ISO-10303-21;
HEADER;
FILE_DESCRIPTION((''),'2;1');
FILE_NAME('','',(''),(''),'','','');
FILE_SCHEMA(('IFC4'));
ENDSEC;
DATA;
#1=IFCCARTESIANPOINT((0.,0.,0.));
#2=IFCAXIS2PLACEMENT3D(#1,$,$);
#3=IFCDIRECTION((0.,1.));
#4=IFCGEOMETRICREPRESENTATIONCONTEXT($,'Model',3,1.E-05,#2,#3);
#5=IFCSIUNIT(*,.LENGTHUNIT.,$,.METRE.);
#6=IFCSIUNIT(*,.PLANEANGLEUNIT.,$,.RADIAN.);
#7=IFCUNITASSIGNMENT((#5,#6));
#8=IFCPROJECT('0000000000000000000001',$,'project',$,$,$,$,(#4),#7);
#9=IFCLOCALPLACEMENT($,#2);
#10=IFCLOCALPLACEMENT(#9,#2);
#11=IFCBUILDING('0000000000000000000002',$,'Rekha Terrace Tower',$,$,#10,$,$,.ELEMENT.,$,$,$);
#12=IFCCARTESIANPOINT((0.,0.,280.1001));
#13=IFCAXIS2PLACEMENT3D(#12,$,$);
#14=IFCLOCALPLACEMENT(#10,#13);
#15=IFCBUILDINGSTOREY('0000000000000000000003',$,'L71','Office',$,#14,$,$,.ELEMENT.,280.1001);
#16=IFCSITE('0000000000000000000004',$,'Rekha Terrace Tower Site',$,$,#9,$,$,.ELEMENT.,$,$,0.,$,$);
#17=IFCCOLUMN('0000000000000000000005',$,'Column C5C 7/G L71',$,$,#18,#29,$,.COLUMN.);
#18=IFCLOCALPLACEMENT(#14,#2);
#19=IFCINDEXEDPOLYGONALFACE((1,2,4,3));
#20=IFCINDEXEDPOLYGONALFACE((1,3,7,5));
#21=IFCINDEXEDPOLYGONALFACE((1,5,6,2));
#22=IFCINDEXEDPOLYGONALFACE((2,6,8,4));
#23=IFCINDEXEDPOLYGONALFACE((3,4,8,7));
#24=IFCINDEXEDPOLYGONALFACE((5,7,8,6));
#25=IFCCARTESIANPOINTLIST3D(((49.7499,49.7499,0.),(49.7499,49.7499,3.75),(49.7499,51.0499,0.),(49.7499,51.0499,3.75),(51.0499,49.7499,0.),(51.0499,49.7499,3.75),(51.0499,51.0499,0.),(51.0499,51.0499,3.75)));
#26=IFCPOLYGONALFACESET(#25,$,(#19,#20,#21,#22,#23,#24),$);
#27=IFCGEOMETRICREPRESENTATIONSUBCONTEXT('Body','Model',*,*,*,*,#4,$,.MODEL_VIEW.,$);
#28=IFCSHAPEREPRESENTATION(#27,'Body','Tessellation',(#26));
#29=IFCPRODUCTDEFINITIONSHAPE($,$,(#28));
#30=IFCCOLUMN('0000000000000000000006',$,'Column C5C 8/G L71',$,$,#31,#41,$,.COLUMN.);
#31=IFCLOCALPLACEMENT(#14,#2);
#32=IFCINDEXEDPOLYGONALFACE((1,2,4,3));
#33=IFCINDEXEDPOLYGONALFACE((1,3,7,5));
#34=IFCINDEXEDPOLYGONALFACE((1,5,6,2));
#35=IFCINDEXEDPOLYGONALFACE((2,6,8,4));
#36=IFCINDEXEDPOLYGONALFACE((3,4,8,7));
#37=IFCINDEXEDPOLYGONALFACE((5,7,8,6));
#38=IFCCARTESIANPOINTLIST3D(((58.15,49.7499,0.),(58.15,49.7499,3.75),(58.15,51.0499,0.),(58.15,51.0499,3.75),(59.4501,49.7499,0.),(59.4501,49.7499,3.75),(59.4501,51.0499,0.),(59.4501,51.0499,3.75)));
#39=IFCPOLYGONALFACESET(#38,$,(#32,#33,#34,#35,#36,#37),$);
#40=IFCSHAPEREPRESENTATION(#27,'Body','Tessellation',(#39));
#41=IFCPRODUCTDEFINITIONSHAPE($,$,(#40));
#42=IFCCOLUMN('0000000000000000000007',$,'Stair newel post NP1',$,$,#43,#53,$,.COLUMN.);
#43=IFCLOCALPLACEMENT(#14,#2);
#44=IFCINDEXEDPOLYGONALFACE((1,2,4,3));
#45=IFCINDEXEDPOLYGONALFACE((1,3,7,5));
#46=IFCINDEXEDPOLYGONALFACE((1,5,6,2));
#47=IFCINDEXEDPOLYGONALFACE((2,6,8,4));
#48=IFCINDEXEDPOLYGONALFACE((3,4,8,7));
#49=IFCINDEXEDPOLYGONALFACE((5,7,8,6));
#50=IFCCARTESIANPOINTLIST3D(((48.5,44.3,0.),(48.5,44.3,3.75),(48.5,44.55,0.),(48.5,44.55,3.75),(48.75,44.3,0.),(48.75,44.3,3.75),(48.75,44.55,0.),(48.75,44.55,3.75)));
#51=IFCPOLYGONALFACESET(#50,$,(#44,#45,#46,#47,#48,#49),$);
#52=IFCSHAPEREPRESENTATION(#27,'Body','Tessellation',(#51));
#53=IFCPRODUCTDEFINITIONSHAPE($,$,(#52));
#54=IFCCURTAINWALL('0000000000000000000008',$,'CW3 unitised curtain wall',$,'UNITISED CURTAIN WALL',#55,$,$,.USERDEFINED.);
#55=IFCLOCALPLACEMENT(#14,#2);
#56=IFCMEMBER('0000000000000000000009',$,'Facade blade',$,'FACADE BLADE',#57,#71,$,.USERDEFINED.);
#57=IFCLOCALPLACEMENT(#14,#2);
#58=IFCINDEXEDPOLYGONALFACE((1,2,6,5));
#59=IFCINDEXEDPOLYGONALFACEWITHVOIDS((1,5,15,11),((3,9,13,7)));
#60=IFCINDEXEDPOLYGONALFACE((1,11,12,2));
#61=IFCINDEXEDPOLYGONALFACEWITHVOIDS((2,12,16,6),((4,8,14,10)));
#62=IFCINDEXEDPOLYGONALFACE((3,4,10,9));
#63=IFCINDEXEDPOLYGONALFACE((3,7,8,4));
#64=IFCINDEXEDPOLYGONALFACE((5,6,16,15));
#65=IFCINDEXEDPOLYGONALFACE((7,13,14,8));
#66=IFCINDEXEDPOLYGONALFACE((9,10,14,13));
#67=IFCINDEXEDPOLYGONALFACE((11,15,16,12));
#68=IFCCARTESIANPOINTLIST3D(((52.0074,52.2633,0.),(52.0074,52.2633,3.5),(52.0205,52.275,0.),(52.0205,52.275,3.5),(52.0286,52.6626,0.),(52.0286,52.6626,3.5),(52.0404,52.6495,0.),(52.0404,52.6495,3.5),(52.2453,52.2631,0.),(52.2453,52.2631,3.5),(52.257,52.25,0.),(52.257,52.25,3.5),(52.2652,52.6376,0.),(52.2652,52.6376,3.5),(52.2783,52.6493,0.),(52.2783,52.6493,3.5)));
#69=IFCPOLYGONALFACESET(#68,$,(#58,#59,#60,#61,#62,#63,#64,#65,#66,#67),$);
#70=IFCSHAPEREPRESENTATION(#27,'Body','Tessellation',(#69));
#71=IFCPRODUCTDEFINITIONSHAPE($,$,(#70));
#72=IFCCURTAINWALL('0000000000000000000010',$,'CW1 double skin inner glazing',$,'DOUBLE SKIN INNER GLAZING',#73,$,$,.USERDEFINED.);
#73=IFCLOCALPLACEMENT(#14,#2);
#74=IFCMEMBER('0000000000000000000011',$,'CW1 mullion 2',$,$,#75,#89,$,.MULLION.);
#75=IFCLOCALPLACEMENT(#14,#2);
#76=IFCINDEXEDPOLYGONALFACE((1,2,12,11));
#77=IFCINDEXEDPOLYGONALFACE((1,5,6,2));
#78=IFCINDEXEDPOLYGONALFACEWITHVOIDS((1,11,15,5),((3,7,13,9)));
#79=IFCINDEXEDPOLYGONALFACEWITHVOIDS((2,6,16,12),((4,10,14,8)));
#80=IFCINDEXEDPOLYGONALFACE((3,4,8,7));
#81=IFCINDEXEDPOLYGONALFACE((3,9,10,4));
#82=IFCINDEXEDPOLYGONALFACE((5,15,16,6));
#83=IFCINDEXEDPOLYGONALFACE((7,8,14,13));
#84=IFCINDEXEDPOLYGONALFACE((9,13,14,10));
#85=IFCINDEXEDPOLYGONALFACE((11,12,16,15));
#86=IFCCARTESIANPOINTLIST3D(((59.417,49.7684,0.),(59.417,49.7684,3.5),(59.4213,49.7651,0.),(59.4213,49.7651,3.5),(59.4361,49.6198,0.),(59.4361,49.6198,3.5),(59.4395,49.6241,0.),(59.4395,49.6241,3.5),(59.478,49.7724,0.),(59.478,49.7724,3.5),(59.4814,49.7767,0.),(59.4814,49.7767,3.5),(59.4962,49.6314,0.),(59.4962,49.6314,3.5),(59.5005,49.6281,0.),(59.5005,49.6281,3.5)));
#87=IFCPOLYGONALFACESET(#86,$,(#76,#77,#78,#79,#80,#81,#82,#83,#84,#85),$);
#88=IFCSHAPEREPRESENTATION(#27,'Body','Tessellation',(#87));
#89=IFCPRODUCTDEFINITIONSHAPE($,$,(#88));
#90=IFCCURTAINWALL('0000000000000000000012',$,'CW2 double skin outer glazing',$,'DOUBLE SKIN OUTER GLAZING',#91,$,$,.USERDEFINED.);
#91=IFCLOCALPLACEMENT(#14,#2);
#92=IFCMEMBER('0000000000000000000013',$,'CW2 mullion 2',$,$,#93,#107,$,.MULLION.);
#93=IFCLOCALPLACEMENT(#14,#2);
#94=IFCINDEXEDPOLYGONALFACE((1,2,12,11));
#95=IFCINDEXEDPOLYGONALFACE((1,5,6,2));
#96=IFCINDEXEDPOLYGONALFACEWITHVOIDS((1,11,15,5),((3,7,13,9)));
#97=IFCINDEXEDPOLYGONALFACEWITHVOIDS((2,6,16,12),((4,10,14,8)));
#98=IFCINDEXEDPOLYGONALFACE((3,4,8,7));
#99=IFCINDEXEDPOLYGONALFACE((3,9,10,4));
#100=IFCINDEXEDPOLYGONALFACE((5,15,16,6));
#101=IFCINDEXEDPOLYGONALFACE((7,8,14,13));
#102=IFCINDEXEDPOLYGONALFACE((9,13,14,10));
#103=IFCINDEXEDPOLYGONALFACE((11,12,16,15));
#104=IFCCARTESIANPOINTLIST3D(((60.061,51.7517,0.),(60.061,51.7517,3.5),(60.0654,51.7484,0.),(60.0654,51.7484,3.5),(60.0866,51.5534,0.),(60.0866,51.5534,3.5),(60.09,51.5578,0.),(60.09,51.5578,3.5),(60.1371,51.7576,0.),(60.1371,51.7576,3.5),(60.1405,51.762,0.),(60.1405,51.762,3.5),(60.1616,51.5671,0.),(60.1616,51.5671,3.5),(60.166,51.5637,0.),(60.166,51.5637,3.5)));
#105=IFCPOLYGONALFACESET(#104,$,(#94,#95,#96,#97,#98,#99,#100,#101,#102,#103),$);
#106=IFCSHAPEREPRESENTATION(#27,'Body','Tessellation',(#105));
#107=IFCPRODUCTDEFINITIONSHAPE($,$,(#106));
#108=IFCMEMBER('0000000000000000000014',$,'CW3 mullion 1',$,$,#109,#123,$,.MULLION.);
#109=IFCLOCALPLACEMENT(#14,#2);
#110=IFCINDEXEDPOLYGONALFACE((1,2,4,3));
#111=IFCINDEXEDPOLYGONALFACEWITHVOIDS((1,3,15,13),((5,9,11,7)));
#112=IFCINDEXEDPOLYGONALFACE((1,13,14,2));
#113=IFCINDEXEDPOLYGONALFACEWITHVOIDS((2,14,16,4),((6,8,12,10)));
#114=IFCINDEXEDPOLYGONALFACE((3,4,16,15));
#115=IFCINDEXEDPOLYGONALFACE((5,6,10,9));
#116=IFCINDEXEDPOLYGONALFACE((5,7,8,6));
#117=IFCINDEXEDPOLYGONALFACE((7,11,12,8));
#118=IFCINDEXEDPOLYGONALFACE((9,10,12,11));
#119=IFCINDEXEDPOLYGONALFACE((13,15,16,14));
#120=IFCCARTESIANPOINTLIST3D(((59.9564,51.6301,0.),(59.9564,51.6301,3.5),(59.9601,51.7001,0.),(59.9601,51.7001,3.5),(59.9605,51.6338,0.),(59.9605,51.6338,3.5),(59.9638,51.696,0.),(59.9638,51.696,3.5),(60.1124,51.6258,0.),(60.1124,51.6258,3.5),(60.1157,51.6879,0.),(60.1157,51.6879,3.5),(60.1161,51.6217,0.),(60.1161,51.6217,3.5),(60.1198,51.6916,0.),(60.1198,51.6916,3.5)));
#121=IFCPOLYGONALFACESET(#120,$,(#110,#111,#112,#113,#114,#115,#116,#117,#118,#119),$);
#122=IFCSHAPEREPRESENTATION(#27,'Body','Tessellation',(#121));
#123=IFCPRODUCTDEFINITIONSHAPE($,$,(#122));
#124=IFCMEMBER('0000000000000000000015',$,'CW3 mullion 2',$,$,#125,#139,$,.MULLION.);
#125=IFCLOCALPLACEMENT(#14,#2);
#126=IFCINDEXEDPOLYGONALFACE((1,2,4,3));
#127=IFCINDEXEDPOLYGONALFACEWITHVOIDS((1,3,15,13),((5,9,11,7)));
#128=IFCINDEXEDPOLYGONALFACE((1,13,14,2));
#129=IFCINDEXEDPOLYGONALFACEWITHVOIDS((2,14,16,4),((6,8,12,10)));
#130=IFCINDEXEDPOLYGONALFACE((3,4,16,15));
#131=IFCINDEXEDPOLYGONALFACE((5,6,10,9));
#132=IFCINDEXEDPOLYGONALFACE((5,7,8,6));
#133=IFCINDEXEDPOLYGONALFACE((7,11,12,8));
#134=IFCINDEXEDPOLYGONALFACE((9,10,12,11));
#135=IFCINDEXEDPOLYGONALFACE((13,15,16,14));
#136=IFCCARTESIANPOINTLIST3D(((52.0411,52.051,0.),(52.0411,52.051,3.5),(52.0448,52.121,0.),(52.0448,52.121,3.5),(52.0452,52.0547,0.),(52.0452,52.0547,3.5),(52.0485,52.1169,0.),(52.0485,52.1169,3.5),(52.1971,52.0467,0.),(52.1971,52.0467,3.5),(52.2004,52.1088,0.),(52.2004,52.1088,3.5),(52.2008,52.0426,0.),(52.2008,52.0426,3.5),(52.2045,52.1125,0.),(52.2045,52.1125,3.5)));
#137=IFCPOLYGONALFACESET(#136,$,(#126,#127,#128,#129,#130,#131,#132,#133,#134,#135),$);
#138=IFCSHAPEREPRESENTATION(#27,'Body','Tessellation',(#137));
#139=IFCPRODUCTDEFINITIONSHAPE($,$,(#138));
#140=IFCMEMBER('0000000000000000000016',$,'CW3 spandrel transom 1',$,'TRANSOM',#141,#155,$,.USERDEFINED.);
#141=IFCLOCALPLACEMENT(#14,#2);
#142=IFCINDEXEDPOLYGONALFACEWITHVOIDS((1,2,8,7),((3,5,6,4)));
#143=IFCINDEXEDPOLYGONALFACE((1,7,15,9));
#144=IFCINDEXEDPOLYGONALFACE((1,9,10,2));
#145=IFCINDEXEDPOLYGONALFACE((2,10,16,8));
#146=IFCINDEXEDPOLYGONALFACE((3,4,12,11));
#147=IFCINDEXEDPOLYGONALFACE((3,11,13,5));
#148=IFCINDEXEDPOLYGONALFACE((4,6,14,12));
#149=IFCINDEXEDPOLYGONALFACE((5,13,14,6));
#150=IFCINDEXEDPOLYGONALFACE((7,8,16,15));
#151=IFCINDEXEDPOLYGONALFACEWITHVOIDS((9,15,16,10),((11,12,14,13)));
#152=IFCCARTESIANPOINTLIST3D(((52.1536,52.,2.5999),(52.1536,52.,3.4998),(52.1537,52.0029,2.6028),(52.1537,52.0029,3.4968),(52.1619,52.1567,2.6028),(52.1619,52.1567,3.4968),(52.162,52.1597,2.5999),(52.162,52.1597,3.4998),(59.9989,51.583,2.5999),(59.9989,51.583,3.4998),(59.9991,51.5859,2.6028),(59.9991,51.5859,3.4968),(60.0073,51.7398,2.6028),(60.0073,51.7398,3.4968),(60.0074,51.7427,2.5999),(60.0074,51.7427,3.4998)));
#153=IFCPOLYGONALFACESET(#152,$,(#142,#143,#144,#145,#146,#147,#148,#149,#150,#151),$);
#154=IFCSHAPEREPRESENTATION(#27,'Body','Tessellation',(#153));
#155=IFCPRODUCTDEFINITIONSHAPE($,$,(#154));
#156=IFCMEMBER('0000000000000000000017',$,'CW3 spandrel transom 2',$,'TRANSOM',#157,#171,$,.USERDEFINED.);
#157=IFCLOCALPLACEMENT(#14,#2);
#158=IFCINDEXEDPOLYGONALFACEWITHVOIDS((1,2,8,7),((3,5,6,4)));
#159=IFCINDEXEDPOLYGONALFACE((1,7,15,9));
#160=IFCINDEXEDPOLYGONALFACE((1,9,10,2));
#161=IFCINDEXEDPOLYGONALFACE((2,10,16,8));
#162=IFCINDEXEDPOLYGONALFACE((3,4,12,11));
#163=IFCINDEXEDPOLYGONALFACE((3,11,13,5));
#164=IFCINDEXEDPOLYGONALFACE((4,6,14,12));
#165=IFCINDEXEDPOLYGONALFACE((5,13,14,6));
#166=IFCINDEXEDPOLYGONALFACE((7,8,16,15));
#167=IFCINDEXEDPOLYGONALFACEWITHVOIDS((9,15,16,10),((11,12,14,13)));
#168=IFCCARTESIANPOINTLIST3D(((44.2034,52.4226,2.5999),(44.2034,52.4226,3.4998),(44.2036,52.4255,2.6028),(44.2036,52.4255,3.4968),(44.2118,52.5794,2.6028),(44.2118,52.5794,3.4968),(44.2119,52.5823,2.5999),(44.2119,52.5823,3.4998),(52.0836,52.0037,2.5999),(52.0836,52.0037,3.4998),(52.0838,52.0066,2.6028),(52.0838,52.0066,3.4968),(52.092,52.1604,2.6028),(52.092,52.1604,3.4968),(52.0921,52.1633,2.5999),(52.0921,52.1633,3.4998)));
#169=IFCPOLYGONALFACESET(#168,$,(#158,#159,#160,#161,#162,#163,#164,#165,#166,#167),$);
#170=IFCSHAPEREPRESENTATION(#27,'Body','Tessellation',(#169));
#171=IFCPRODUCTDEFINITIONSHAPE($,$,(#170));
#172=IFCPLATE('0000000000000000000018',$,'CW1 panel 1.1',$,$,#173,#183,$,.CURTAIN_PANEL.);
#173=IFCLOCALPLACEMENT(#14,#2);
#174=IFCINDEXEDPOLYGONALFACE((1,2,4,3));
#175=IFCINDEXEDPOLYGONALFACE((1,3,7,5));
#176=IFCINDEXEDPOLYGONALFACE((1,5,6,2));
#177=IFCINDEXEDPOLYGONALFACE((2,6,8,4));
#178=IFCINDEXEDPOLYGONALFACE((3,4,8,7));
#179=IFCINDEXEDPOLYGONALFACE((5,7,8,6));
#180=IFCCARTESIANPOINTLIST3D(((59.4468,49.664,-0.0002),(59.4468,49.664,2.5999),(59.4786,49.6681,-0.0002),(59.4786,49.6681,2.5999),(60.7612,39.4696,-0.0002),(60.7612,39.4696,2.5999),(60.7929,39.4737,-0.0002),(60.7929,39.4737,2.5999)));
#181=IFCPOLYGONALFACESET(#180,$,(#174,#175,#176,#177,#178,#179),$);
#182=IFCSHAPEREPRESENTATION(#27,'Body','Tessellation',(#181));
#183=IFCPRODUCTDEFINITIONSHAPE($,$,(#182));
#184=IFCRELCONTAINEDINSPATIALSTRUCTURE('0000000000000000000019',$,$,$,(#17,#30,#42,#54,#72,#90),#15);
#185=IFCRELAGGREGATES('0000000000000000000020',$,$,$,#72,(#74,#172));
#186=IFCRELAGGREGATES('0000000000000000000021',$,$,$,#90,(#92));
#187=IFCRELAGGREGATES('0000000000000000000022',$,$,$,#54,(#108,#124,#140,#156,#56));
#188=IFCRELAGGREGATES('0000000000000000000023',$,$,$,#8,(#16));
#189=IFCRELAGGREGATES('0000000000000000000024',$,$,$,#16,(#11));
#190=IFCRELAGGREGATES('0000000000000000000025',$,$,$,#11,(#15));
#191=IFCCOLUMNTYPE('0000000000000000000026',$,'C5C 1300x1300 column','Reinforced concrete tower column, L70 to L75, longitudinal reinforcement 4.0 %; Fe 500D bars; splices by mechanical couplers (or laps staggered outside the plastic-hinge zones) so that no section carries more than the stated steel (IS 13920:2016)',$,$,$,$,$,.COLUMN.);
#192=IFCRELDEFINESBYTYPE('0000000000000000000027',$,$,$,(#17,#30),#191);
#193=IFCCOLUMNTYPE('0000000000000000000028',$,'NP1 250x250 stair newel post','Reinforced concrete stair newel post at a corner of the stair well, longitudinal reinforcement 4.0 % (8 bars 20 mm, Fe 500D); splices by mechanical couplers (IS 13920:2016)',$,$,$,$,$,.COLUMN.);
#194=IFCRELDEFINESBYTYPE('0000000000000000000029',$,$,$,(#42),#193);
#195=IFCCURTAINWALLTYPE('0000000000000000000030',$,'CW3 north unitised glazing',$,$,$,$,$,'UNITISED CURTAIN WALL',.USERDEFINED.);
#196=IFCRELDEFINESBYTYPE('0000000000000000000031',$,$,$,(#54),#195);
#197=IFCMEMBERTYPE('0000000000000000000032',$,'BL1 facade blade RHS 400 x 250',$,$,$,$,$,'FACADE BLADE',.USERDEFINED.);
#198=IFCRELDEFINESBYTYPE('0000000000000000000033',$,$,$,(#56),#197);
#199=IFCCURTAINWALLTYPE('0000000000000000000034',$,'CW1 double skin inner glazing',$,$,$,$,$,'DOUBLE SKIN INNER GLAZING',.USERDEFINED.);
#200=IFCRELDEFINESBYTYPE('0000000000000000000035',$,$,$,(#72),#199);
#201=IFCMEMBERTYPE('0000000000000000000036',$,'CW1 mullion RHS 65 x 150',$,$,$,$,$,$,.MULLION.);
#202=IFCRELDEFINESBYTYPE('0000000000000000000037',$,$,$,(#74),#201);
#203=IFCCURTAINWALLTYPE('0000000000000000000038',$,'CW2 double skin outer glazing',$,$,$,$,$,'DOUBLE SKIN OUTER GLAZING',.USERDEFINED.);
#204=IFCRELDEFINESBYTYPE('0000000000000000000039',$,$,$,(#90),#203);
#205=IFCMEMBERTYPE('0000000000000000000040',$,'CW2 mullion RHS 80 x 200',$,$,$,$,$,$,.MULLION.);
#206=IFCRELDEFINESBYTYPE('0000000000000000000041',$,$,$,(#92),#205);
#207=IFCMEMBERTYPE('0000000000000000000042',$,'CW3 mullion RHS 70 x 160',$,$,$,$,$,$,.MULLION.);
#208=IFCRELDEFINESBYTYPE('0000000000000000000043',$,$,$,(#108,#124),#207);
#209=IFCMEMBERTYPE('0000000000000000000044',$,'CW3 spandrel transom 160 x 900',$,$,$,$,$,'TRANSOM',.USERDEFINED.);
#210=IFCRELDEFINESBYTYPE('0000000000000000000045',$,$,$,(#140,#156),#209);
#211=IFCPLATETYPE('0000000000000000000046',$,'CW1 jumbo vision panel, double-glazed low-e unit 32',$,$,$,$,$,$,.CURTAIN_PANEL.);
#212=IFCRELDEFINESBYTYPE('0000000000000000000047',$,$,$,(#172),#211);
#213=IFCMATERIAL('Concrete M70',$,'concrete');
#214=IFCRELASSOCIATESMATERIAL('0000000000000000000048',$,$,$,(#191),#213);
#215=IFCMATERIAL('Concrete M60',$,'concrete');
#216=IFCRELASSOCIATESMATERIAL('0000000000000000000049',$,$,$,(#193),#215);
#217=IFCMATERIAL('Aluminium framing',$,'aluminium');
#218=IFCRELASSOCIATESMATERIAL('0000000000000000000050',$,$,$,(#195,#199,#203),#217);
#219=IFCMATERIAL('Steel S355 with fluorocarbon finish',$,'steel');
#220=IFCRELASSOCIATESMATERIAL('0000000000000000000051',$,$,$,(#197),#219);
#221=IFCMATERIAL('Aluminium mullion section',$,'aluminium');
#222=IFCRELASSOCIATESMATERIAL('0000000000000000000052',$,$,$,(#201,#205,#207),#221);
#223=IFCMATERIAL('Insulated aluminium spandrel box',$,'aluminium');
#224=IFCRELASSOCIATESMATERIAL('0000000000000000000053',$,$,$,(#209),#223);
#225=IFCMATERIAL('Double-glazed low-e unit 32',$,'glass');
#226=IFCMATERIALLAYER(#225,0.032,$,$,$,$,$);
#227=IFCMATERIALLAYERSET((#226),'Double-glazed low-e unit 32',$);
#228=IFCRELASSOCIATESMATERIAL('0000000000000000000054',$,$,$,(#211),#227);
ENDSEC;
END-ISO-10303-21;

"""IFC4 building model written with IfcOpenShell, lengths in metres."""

from ifc_helpers import new_model, si_unit, direction, frame, origin, origin_2d, place, context, subcontext, project, spatial, rectangle, hollow_rectangle, extrude, material, layer, layer_set, material_profile, profile_set, type_object, element, aggregate, save


model = new_model("IFC4")

# Units and contexts
model_context = context("Model", 3, precision=1e-05, world=origin(), true_north=direction((0.0, 1.0)))
body_context = subcontext(model_context, "Body", "Model", "MODEL_VIEW")
ifc_project = project(units=[si_unit("LENGTHUNIT", "METRE"), si_unit("PLANEANGLEUNIT", "RADIAN")], contexts=[model_context])

# Site, building, storey
site_placement = place(None, origin())
site = spatial("IfcSite", under=ifc_project, at=site_placement, Name="Rekha Terrace Tower Site", CompositionType="ELEMENT", RefElevation=0.0)
building_placement = place(site_placement, origin())
building = spatial("IfcBuilding", under=site, at=building_placement, Name="Rekha Terrace Tower", CompositionType="ELEMENT")
storey_placement = place(building_placement, frame((0.0, 0.0, 280.1001)))
storey = spatial("IfcBuildingStorey", under=building, at=storey_placement, Name="L71", Description="Office", CompositionType="ELEMENT", Elevation=280.1001)

# Columns
ifc_material_1 = material(Name="Concrete M70", Category="concrete")
ifc_material_profile_1 = material_profile(ifc_material_1, rectangle(XDim=1.3, YDim=1.3, at=origin_2d()), Name="RC 1300x1300")
ifc_profile_set_1 = profile_set([ifc_material_profile_1], Name="Concrete M70")
column_type_1 = type_object("IfcColumnType", Name="C5C 1300x1300 column", Description="Reinforced concrete tower column, L70 to L75, longitudinal reinforcement 4.0 %; Fe 500D bars; splices by mechanical couplers (or laps staggered outside the plastic-hinge zones) so that no section carries more than the stated steel (IS 13920:2016)", PredefinedType="COLUMN", material=ifc_profile_set_1)
for number, where, z_axis, x_axis, name in (
    (1, (50.3999, 50.3999, 0.0), (0.0, 0.0, 1.0), (1.0, 0.0, 0.0), "Column C5C 7/G L71"),
    (2, (58.8, 50.3999, 0.0), (0.0, 0.0, 1.0), (1.0, 0.0, 0.0), "Column C5C 8/G L71"),
):
    element("IfcColumn", number, at=place(storey_placement, frame(where, z_axis=z_axis, x_axis=x_axis)), inside=storey, type_object=column_type_1, Name=name, PredefinedType="COLUMN", context=body_context, shape_type="SweptSolid", body=[
        extrude(rectangle(XDim=1.3, YDim=1.3, at=origin_2d()), origin(), (0.0, 0.0, 1.0), 3.75),
    ])
ifc_material_2 = material(Name="Concrete M60", Category="concrete")
ifc_material_profile_2 = material_profile(ifc_material_2, rectangle(XDim=0.25, YDim=0.25, at=origin_2d()), Name="RC 250x250")
ifc_profile_set_2 = profile_set([ifc_material_profile_2], Name="Concrete M60")
column_type_2 = type_object("IfcColumnType", Name="NP1 250x250 stair newel post", Description="Reinforced concrete stair newel post at a corner of the stair well, longitudinal reinforcement 4.0 % (8 bars 20 mm, Fe 500D); splices by mechanical couplers (IS 13920:2016)", PredefinedType="COLUMN", material=ifc_profile_set_2)
column_placement = place(storey_placement, frame((48.625, 44.425, 0.0), z_axis=(0.0, 0.0, 1.0), x_axis=(1.0, 0.0, 0.0)))
element("IfcColumn", 3, at=column_placement, inside=storey, type_object=column_type_2, Name="Stair newel post NP1", PredefinedType="COLUMN", context=body_context, shape_type="SweptSolid", body=[
    extrude(rectangle(XDim=0.25, YDim=0.25, at=origin_2d()), origin(), (0.0, 0.0, 1.0), 3.75),
])

# Curtain walls, members
ifc_material_3 = material(Name="Aluminium framing", Category="aluminium")
curtain_wall_type_1 = type_object("IfcCurtainWallType", Name="CW3 north unitised glazing", ElementType="UNITISED CURTAIN WALL", PredefinedType="USERDEFINED", material=ifc_material_3)
curtain_wall_1_placement = place(storey_placement, origin())
curtain_wall_1 = element("IfcCurtainWall", 4, at=curtain_wall_1_placement, inside=storey, type_object=curtain_wall_type_1, Name="CW3 unitised curtain wall", ObjectType="UNITISED CURTAIN WALL", PredefinedType="USERDEFINED")
ifc_material_4 = material(Name="Steel S355 with fluorocarbon finish", Category="steel")
ifc_material_profile_3 = material_profile(ifc_material_4, hollow_rectangle(XDim=0.25, YDim=0.3999, WallThickness=0.0125, at=origin_2d()), Name="RHS400x250x12.5")
ifc_profile_set_3 = profile_set([ifc_material_profile_3], Name="Steel S355 with fluorocarbon finish")
member_type_1 = type_object("IfcMemberType", Name="BL1 facade blade RHS 400 x 250", ElementType="FACADE BLADE", PredefinedType="USERDEFINED", material=ifc_profile_set_3)
member_1_placement = place(storey_placement, frame((52.1428, 52.4563, 0.0), z_axis=(0.0, 0.0, 1.0), x_axis=(-0.99859, 0.053084, 0.0)))
member_1 = element("IfcMember", 5, at=member_1_placement, type_object=member_type_1, Name="Facade blade", ObjectType="FACADE BLADE", PredefinedType="USERDEFINED", context=body_context, shape_type="SweptSolid", body=[
    extrude(hollow_rectangle(XDim=0.25, YDim=0.3999, WallThickness=0.0125, at=origin_2d()), origin(), (0.0, 0.0, 1.0), 3.5),
])
curtain_wall_type_2 = type_object("IfcCurtainWallType", Name="CW1 double skin inner glazing", ElementType="DOUBLE SKIN INNER GLAZING", PredefinedType="USERDEFINED", material=ifc_material_3)
curtain_wall_2_placement = place(storey_placement, origin())
curtain_wall_2 = element("IfcCurtainWall", 6, at=curtain_wall_2_placement, inside=storey, type_object=curtain_wall_type_2, Name="CW1 double skin inner glazing", ObjectType="DOUBLE SKIN INNER GLAZING", PredefinedType="USERDEFINED")
ifc_material_5 = material(Name="Aluminium mullion section", Category="aluminium")
ifc_material_profile_4 = material_profile(ifc_material_5, hollow_rectangle(XDim=0.0649, YDim=0.1499, WallThickness=0.0039, at=origin_2d()), Name="AL RHS 65x150")
ifc_profile_set_4 = profile_set([ifc_material_profile_4], Name="Aluminium mullion section")
member_type_2 = type_object("IfcMemberType", Name="CW1 mullion RHS 65 x 150", PredefinedType="MULLION", material=ifc_profile_set_4)
member_2_placement = place(storey_placement, frame((59.4587, 49.6982, 0.0), z_axis=(0.0, 0.0, 1.0), x_axis=(-0.991791, -0.12787, 0.0)))
member_2 = element("IfcMember", 7, at=member_2_placement, type_object=member_type_2, Name="CW1 mullion 2", PredefinedType="MULLION", context=body_context, shape_type="SweptSolid", body=[
    extrude(hollow_rectangle(XDim=0.0649, YDim=0.1499, WallThickness=0.0039, at=origin_2d()), origin(), (0.0, 0.0, 1.0), 3.5),
])
curtain_wall_type_3 = type_object("IfcCurtainWallType", Name="CW2 double skin outer glazing", ElementType="DOUBLE SKIN OUTER GLAZING", PredefinedType="USERDEFINED", material=ifc_material_3)
curtain_wall_3_placement = place(storey_placement, origin())
curtain_wall_3 = element("IfcCurtainWall", 8, at=curtain_wall_3_placement, inside=storey, type_object=curtain_wall_type_3, Name="CW2 double skin outer glazing", ObjectType="DOUBLE SKIN OUTER GLAZING", PredefinedType="USERDEFINED")
ifc_material_profile_5 = material_profile(ifc_material_5, hollow_rectangle(XDim=0.0801, YDim=0.2, WallThickness=0.0039, at=origin_2d()), Name="AL RHS 80x200")
ifc_profile_set_5 = profile_set([ifc_material_profile_5], Name="Aluminium mullion section")
member_type_3 = type_object("IfcMemberType", Name="CW2 mullion RHS 80 x 200", PredefinedType="MULLION", material=ifc_profile_set_5)
member_3_placement = place(storey_placement, frame((60.1135, 51.6577, 0.0), z_axis=(0.0, 0.0, 1.0), x_axis=(-0.991791, -0.12787, 0.0)))
member_3 = element("IfcMember", 9, at=member_3_placement, type_object=member_type_3, Name="CW2 mullion 2", PredefinedType="MULLION", context=body_context, shape_type="SweptSolid", body=[
    extrude(hollow_rectangle(XDim=0.0801, YDim=0.2, WallThickness=0.0039, at=origin_2d()), origin(), (0.0, 0.0, 1.0), 3.5),
])

# Members
ifc_material_profile_6 = material_profile(ifc_material_5, hollow_rectangle(XDim=0.0701, YDim=0.1599, WallThickness=0.0039, at=origin_2d()), Name="AL RHS 70x160")
ifc_profile_set_6 = profile_set([ifc_material_profile_6], Name="Aluminium mullion section")
member_type_4 = type_object("IfcMemberType", Name="CW3 mullion RHS 70 x 160", PredefinedType="MULLION", material=ifc_profile_set_6)
member_4_placement = place(storey_placement, frame((60.0381, 51.6609, 0.0), z_axis=(0.0, 0.0, 1.0), x_axis=(-0.053083, -0.99859, 0.0)))
member_4 = element("IfcMember", 10, at=member_4_placement, type_object=member_type_4, Name="CW3 mullion 1", PredefinedType="MULLION", context=body_context, shape_type="SweptSolid", body=[
    extrude(hollow_rectangle(XDim=0.0701, YDim=0.1599, WallThickness=0.0039, at=origin_2d()), origin(), (0.0, 0.0, 1.0), 3.5),
])
member_5_placement = place(storey_placement, frame((52.1228, 52.0818, 0.0), z_axis=(0.0, 0.0, 1.0), x_axis=(-0.053083, -0.99859, 0.0)))
member_5 = element("IfcMember", 11, at=member_5_placement, type_object=member_type_4, Name="CW3 mullion 2", PredefinedType="MULLION", context=body_context, shape_type="SweptSolid", body=[
    extrude(hollow_rectangle(XDim=0.0701, YDim=0.1599, WallThickness=0.0039, at=origin_2d()), origin(), (0.0, 0.0, 1.0), 3.5),
])
ifc_material_6 = material(Name="Insulated aluminium spandrel box", Category="aluminium")
ifc_material_profile_7 = material_profile(ifc_material_6, hollow_rectangle(XDim=0.1599, YDim=0.8999, WallThickness=0.0029, at=origin_2d()), Name="AL SPANDREL BOX 160x900")
ifc_profile_set_7 = profile_set([ifc_material_profile_7], Name="Insulated aluminium spandrel box")
member_type_5 = type_object("IfcMemberType", Name="CW3 spandrel transom 160 x 900", ElementType="TRANSOM", PredefinedType="USERDEFINED", material=ifc_profile_set_7)
member_6_placement = place(storey_placement, frame((60.0032, 51.6628, 3.0498), z_axis=(-0.99859, 0.053076, 0.0), x_axis=(-0.053076, -0.99859, 0.0)))
member_6 = element("IfcMember", 12, at=member_6_placement, type_object=member_type_5, Name="CW3 spandrel transom 1", ObjectType="TRANSOM", PredefinedType="USERDEFINED", context=body_context, shape_type="SweptSolid", body=[
    extrude(hollow_rectangle(XDim=0.1599, YDim=0.8999, WallThickness=0.0029, at=origin_2d()), origin(), (0.0, 0.0, 1.0), 7.8564),
])
member_7_placement = place(storey_placement, frame((52.0879, 52.0835, 3.0498), z_axis=(-0.99859, 0.05309, 0.0), x_axis=(-0.05309, -0.99859, 0.0)))
member_7 = element("IfcMember", 13, at=member_7_placement, type_object=member_type_5, Name="CW3 spandrel transom 2", ObjectType="TRANSOM", PredefinedType="USERDEFINED", context=body_context, shape_type="SweptSolid", body=[
    extrude(hollow_rectangle(XDim=0.1599, YDim=0.8999, WallThickness=0.0029, at=origin_2d()), origin(), (0.0, 0.0, 1.0), 7.8914),
])

# Plate
ifc_material_7 = material(Name="Double-glazed low-e unit 32", Category="glass")
ifc_layer_1 = layer(ifc_material_7, 0.032)
ifc_layer_set_1 = layer_set([ifc_layer_1], Name="Double-glazed low-e unit 32")
plate_type_1 = type_object("IfcPlateType", Name="CW1 jumbo vision panel, double-glazed low-e unit 32", PredefinedType="CURTAIN_PANEL", material=ifc_layer_set_1)
plate_1_placement = place(storey_placement, frame((60.1199, 44.5688, -0.0002), z_axis=(0.0, 0.0, 1.0), x_axis=(-0.12787, 0.991791, 0.0)))
plate_1 = element("IfcPlate", 14, at=plate_1_placement, type_object=plate_type_1, Name="CW1 panel 1.1", PredefinedType="CURTAIN_PANEL", context=body_context, shape_type="SweptSolid", body=[
    extrude(rectangle(XDim=10.2788, YDim=0.032, at=origin_2d()), origin(), (0.0, 0.0, 1.0), 2.6001),
])
aggregate(curtain_wall_2, [member_2, plate_1])
aggregate(curtain_wall_3, [member_3])
aggregate(curtain_wall_1, [member_4, member_5, member_6, member_7, member_1])

save(model, "model.ifc")
